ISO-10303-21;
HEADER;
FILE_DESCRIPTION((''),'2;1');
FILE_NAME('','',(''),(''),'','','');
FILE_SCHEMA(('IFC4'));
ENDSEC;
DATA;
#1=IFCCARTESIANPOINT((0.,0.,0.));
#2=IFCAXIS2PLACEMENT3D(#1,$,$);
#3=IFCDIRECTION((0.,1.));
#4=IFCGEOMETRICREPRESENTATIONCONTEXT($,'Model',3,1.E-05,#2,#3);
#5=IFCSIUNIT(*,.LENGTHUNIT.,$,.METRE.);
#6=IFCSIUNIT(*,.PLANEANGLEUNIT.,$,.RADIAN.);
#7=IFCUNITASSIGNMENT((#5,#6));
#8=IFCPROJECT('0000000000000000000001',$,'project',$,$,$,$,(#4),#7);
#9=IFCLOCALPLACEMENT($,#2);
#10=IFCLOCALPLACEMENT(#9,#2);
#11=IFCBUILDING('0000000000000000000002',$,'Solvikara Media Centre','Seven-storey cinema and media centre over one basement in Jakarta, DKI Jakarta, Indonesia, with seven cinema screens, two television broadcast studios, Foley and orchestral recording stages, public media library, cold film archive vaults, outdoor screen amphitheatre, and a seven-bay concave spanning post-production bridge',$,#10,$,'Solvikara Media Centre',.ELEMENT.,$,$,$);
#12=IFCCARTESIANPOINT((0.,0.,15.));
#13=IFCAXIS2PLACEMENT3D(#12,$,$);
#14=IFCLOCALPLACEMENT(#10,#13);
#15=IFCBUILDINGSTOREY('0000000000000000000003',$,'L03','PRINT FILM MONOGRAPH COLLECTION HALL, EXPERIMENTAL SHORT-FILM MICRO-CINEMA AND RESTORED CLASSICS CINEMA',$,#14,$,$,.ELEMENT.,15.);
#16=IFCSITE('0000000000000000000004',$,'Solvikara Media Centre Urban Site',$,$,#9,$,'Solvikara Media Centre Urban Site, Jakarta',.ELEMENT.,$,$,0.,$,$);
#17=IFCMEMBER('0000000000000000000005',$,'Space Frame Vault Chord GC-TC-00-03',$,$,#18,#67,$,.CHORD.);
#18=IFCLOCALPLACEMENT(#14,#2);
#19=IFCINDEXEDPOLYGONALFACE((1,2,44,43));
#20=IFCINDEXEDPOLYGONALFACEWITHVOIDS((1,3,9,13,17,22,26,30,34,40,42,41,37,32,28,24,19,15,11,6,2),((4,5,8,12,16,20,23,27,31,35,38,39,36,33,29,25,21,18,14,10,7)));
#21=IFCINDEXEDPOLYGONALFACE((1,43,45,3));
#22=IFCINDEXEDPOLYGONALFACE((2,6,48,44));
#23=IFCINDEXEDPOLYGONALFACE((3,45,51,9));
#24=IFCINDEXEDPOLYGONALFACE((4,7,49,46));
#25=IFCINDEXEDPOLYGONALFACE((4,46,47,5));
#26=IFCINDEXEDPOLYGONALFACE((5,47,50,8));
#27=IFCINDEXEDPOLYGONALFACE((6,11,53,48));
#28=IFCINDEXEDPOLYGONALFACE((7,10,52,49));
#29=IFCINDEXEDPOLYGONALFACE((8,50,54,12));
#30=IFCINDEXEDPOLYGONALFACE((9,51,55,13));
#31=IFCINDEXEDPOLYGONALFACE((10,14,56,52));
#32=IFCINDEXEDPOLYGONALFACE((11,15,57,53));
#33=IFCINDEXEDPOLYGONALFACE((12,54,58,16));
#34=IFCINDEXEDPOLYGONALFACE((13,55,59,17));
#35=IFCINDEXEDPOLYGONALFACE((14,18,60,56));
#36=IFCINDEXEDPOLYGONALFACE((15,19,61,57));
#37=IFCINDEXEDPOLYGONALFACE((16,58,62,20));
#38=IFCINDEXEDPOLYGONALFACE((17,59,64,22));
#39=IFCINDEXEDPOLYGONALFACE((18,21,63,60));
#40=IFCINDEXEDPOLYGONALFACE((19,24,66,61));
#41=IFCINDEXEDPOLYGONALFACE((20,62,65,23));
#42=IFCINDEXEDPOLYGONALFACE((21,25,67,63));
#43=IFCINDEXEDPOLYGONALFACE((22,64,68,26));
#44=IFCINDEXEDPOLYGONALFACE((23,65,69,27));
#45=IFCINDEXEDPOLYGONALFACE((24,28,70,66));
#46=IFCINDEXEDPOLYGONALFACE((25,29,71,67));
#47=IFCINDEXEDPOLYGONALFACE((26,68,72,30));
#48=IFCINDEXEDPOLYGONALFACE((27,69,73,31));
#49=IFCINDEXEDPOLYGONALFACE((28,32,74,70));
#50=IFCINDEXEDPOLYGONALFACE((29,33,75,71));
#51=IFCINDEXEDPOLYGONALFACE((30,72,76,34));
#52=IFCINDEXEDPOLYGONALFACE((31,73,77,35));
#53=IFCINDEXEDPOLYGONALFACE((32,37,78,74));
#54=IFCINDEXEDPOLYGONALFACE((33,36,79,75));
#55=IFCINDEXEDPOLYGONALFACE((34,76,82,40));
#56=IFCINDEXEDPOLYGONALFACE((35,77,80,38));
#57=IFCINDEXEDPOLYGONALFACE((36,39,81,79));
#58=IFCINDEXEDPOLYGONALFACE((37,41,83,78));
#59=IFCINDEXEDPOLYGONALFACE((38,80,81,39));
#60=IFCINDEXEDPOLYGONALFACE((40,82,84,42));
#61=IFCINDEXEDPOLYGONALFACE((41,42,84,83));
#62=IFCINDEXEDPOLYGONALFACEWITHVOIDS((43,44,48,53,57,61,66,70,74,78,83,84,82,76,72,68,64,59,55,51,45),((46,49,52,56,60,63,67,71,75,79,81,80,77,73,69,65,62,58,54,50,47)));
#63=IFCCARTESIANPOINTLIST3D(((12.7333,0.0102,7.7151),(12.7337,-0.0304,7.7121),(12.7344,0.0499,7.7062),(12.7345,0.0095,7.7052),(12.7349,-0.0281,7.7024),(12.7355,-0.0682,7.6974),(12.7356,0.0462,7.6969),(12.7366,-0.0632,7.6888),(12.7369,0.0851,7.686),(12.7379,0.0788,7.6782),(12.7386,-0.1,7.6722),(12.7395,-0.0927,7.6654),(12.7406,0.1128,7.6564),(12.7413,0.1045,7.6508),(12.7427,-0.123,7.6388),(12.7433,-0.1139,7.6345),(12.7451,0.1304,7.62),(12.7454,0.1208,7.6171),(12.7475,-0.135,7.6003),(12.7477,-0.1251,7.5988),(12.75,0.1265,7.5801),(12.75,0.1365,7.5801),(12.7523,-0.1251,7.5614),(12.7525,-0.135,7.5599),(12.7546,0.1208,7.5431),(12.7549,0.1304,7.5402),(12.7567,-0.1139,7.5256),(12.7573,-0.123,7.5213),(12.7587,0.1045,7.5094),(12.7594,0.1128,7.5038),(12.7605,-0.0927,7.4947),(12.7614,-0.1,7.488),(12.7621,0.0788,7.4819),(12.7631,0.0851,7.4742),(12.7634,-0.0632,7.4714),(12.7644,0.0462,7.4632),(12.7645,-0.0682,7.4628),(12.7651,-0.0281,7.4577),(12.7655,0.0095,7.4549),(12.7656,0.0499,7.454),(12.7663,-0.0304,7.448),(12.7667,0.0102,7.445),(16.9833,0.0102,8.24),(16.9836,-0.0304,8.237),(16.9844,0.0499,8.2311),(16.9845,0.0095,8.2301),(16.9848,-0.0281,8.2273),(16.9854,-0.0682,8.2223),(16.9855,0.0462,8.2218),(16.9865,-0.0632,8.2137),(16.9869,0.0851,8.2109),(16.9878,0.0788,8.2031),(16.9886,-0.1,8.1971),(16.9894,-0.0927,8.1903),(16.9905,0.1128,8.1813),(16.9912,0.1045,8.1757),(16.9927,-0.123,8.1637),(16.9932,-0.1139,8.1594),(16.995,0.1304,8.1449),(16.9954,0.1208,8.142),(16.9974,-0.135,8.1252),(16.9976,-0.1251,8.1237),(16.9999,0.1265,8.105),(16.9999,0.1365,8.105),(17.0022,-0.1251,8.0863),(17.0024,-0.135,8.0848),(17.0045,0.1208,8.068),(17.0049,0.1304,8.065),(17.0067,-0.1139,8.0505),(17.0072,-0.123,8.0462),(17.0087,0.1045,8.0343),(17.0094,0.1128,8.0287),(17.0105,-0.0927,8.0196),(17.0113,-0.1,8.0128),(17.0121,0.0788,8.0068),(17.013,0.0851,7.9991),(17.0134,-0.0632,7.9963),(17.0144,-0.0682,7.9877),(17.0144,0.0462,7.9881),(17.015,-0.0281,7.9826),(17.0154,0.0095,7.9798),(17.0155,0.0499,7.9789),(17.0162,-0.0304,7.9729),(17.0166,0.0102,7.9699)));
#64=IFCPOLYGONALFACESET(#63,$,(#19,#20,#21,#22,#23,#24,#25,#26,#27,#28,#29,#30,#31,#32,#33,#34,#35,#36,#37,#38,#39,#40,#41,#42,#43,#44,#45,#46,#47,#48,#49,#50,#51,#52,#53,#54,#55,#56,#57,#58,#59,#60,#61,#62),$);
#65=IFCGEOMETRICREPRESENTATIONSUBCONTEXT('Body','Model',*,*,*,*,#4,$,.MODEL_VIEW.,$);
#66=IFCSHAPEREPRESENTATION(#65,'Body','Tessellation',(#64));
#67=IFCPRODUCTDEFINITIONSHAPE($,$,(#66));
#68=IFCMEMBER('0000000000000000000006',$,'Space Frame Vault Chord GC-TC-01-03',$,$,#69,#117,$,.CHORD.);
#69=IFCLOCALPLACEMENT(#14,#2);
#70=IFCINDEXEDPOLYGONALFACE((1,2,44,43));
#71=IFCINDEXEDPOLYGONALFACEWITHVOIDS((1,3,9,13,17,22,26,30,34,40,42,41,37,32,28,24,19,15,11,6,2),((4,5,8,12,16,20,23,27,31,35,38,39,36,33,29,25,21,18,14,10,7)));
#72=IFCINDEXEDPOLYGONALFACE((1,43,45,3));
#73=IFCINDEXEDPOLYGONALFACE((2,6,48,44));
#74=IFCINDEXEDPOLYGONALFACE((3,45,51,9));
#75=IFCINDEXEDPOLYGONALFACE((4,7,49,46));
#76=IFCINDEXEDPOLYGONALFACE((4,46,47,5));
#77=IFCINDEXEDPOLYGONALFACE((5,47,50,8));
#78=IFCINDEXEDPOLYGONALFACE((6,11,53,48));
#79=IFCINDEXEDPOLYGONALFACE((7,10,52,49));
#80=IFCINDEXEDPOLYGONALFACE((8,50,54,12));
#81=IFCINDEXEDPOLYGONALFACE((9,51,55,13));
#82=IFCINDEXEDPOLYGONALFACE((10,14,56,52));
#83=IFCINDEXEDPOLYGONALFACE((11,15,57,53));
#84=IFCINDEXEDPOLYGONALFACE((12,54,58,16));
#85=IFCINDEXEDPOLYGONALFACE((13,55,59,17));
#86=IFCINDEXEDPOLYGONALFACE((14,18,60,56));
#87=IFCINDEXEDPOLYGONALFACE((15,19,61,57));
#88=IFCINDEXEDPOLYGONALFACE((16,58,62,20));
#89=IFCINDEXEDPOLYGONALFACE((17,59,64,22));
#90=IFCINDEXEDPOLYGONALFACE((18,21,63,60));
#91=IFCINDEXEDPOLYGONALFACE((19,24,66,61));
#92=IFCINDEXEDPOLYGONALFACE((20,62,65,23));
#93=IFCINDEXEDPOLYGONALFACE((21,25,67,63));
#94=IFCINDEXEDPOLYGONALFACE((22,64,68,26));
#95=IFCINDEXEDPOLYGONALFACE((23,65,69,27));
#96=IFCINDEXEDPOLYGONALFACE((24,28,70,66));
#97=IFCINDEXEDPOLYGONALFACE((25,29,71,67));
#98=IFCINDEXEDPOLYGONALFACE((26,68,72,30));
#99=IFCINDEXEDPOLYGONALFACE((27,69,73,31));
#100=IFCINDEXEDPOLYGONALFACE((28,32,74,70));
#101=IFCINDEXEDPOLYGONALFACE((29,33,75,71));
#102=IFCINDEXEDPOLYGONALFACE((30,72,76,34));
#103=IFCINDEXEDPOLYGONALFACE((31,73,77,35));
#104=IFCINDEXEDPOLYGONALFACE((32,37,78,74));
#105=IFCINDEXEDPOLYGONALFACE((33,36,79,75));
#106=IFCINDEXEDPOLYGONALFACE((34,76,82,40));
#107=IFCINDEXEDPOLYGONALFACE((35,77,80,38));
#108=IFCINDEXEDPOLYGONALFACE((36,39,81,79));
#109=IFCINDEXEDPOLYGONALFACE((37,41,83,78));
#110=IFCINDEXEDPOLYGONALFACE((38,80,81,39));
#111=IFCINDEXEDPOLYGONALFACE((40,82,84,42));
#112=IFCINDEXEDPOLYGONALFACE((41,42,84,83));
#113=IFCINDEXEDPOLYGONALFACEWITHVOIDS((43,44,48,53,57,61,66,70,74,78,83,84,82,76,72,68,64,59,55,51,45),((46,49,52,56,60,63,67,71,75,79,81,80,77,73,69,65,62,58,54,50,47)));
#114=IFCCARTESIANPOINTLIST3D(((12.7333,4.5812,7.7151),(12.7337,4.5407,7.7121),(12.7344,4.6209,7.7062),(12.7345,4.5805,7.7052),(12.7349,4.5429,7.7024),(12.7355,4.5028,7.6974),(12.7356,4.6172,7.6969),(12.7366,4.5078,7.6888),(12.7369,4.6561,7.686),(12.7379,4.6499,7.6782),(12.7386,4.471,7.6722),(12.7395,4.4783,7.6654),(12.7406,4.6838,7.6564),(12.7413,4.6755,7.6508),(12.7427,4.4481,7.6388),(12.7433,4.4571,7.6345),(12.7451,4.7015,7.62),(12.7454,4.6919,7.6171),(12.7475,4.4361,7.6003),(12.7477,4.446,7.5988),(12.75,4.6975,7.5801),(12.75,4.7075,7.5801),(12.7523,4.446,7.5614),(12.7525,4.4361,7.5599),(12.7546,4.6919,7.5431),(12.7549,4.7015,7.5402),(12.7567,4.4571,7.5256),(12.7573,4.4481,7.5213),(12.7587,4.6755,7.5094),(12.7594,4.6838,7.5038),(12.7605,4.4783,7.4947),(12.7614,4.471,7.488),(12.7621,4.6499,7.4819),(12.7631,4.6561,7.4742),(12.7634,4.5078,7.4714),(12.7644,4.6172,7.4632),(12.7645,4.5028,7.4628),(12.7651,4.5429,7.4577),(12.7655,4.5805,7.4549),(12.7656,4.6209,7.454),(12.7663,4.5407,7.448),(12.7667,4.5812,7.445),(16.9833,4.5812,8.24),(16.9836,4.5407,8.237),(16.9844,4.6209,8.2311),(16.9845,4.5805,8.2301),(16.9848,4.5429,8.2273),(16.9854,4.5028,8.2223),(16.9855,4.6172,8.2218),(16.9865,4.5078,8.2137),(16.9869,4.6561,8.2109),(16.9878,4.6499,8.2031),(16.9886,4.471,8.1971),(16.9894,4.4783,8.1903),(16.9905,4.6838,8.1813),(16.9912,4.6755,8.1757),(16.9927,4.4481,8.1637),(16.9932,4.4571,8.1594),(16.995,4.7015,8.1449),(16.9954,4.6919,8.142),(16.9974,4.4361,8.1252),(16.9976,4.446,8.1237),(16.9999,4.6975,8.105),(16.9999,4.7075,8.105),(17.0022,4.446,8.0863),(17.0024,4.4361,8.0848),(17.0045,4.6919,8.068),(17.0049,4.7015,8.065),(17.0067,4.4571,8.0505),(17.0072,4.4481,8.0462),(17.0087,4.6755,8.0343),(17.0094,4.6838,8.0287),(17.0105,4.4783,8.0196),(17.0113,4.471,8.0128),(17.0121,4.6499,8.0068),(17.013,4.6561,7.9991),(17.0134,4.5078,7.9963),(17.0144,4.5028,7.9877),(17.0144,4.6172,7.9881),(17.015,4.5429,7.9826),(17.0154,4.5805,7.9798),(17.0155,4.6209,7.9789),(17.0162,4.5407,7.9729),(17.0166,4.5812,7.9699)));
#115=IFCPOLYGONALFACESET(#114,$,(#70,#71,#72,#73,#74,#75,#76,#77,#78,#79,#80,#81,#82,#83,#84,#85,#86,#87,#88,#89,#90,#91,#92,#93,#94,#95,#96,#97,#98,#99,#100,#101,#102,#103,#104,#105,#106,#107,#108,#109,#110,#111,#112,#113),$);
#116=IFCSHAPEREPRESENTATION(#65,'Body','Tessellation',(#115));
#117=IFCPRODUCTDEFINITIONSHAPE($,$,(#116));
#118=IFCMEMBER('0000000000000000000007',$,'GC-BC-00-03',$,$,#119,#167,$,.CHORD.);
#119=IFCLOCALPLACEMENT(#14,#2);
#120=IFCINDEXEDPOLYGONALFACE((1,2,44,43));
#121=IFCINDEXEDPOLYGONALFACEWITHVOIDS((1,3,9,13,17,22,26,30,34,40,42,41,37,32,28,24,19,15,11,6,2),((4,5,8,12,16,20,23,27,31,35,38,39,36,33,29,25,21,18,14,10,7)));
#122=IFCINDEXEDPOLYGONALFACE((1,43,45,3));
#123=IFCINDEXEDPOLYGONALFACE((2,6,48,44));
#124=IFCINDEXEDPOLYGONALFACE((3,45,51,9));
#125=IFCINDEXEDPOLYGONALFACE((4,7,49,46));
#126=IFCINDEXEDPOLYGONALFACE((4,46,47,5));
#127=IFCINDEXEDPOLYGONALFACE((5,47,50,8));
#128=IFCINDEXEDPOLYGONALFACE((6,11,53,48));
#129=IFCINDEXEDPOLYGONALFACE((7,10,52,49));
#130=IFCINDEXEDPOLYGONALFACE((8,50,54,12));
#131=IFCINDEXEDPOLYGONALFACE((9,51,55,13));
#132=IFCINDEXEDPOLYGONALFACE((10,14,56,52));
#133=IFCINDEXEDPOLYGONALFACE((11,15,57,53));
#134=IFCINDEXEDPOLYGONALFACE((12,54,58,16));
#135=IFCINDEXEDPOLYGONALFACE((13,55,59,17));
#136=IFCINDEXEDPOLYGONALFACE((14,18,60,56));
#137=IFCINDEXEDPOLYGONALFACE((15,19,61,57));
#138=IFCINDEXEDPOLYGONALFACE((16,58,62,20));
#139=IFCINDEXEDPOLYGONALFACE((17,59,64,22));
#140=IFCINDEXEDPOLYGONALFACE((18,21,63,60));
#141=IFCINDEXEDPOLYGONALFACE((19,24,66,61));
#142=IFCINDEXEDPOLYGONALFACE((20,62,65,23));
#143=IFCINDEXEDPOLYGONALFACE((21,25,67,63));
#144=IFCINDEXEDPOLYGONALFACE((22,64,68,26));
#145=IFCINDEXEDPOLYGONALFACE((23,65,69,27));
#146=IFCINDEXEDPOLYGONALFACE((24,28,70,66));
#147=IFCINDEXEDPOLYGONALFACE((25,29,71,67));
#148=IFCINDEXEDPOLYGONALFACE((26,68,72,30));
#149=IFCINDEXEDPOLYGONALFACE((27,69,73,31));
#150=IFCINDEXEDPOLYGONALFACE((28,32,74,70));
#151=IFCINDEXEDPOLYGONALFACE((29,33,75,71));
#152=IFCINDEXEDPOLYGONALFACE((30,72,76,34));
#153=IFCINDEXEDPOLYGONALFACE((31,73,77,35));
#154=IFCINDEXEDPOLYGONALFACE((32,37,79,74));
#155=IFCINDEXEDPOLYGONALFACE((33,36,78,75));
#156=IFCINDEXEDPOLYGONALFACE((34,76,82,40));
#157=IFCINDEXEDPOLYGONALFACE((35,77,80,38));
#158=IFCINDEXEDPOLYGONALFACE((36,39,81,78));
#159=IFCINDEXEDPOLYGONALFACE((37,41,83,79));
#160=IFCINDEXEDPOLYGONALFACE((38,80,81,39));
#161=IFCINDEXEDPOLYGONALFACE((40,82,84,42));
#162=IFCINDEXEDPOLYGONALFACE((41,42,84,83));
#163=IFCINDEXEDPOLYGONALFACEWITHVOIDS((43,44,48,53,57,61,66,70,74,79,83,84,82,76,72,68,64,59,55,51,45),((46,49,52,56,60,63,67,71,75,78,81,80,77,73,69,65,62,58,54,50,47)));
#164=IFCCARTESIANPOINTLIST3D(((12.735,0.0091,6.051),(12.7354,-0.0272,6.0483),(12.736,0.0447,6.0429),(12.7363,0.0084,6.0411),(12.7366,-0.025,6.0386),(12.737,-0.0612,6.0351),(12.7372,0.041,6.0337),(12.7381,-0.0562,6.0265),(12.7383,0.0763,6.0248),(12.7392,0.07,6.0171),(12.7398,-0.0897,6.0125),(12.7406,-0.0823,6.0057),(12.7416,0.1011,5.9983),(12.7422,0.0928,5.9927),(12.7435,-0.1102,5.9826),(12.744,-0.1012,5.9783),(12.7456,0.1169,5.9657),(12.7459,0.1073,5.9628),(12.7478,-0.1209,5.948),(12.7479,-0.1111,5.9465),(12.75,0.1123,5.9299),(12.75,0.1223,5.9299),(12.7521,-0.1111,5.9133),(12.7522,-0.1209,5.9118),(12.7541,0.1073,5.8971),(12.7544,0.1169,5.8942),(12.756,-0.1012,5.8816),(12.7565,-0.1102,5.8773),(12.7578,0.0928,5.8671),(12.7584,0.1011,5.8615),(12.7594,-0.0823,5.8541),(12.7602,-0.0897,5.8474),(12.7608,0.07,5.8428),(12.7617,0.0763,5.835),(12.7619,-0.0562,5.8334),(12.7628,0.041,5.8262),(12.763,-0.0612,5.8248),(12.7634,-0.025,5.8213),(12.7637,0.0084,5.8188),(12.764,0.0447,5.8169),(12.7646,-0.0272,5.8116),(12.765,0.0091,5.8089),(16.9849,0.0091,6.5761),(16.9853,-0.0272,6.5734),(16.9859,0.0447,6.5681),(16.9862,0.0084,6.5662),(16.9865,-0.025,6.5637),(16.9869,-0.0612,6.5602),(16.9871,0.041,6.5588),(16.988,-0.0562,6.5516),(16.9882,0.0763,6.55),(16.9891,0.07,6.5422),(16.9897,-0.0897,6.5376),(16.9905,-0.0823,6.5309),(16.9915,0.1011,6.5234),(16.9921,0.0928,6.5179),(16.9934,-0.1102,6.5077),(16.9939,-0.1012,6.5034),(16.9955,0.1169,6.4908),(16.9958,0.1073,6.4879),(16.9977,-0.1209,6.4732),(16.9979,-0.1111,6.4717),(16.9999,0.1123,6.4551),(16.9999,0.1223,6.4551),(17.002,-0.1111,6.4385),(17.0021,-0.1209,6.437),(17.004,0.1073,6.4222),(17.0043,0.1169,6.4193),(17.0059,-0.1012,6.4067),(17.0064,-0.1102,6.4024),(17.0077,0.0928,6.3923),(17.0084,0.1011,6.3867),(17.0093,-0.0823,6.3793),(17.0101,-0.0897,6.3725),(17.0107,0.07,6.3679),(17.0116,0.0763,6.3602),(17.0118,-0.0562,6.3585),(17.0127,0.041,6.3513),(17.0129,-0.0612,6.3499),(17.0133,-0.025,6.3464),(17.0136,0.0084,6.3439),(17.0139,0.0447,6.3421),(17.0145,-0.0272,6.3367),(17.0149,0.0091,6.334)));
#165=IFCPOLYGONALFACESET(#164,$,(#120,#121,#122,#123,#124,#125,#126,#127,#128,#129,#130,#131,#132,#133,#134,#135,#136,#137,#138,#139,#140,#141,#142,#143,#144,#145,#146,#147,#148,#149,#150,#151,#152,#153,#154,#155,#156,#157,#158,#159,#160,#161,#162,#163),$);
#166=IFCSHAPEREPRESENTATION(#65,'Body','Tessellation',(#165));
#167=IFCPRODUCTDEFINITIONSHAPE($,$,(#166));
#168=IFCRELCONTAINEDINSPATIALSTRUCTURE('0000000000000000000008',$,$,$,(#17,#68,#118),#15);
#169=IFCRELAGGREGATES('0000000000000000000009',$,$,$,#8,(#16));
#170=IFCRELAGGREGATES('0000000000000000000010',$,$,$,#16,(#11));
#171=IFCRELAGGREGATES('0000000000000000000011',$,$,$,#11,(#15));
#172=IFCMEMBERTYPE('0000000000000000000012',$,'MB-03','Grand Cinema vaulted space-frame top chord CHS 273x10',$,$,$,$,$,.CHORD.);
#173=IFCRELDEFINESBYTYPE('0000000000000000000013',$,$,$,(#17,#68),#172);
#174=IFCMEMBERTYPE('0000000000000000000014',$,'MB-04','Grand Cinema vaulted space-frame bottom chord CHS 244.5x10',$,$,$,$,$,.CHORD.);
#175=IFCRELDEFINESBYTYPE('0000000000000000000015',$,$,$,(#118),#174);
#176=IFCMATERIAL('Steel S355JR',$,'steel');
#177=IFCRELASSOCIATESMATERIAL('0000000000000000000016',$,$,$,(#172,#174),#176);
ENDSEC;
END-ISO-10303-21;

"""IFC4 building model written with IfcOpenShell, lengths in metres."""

from ifc_helpers import new_model, si_unit, direction, frame, origin, origin_2d, place, context, subcontext, project, spatial, hollow_circle, extrude, material, material_profile, profile_set, type_object, element, save


model = new_model("IFC4")

# Units and contexts
model_context = context("Model", 3, precision=1e-05, world=origin(), true_north=direction((0.0, 1.0)))
body_context = subcontext(model_context, "Body", "Model", "MODEL_VIEW")
ifc_project = project(units=[si_unit("LENGTHUNIT", "METRE"), si_unit("PLANEANGLEUNIT", "RADIAN")], contexts=[model_context])

# Site, building, storey
site_placement = place(None, origin())
site = spatial("IfcSite", under=ifc_project, at=site_placement, Name="Solvikara Media Centre Urban Site", LongName="Solvikara Media Centre Urban Site, Jakarta", CompositionType="ELEMENT", RefElevation=0.0)
building_placement = place(site_placement, origin())
building = spatial("IfcBuilding", under=site, at=building_placement, Name="Solvikara Media Centre", Description="Seven-storey cinema and media centre over one basement in Jakarta, DKI Jakarta, Indonesia, with seven cinema screens, two television broadcast studios, Foley and orchestral recording stages, public media library, cold film archive vaults, outdoor screen amphitheatre, and a seven-bay concave spanning post-production bridge", LongName="Solvikara Media Centre", CompositionType="ELEMENT")
storey_placement = place(building_placement, frame((0.0, 0.0, 15.0)))
storey = spatial("IfcBuildingStorey", under=building, at=storey_placement, Name="L03", Description="PRINT FILM MONOGRAPH COLLECTION HALL, EXPERIMENTAL SHORT-FILM MICRO-CINEMA AND RESTORED CLASSICS CINEMA", CompositionType="ELEMENT", Elevation=15.0)

# Members
ifc_material_1 = material(Name="Steel S355JR", Category="steel")
ifc_material_profile_1 = material_profile(ifc_material_1, hollow_circle(Radius=0.1365, WallThickness=0.01, at=origin_2d()), Name="CHS 273x10")
ifc_profile_set_1 = profile_set([ifc_material_profile_1], Name="Steel S355JR")
member_type_1 = type_object("IfcMemberType", Name="MB-03", Description="Grand Cinema vaulted space-frame top chord CHS 273x10", PredefinedType="CHORD", material=ifc_profile_set_1)
for number, where, z_axis, x_axis, name in (
    (1, (12.75, 0.0, 7.5801), (0.992459, 0.0, 0.122575), (0.0, 1.0, 0.0), "Space Frame Vault Chord GC-TC-00-03"),
    (2, (12.75, 4.571, 7.5801), (0.992459, 0.0, 0.122575), (0.0, 1.0, 0.0), "Space Frame Vault Chord GC-TC-01-03"),
):
    element("IfcMember", number, at=place(storey_placement, frame(where, z_axis=z_axis, x_axis=x_axis)), inside=storey, type_object=member_type_1, Name=name, PredefinedType="CHORD", context=body_context, shape_type="SweptSolid", body=[
        extrude(hollow_circle(Radius=0.1365, WallThickness=0.01, at=origin_2d()), origin(), (0.0, 0.0, 1.0), 4.2822),
    ])
ifc_material_profile_2 = material_profile(ifc_material_1, hollow_circle(Radius=0.1223, WallThickness=0.01, at=origin_2d()), Name="CHS 244.5x10")
ifc_profile_set_2 = profile_set([ifc_material_profile_2], Name="Steel S355JR")
member_type_2 = type_object("IfcMemberType", Name="MB-04", Description="Grand Cinema vaulted space-frame bottom chord CHS 244.5x10", PredefinedType="CHORD", material=ifc_profile_set_2)
for number, where, z_axis, x_axis, name in (
    (3, (12.75, 0.0, 5.9299), (0.992452, 0.0, 0.122631), (0.0, 1.0, 0.0), "GC-BC-00-03"),
):
    element("IfcMember", number, at=place(storey_placement, frame(where, z_axis=z_axis, x_axis=x_axis)), inside=storey, type_object=member_type_2, Name=name, PredefinedType="CHORD", context=body_context, shape_type="SweptSolid", body=[
        extrude(hollow_circle(Radius=0.1223, WallThickness=0.01, at=origin_2d()), origin(), (0.0, 0.0, 1.0), 4.2822),
    ])

save(model, "model.ifc")
